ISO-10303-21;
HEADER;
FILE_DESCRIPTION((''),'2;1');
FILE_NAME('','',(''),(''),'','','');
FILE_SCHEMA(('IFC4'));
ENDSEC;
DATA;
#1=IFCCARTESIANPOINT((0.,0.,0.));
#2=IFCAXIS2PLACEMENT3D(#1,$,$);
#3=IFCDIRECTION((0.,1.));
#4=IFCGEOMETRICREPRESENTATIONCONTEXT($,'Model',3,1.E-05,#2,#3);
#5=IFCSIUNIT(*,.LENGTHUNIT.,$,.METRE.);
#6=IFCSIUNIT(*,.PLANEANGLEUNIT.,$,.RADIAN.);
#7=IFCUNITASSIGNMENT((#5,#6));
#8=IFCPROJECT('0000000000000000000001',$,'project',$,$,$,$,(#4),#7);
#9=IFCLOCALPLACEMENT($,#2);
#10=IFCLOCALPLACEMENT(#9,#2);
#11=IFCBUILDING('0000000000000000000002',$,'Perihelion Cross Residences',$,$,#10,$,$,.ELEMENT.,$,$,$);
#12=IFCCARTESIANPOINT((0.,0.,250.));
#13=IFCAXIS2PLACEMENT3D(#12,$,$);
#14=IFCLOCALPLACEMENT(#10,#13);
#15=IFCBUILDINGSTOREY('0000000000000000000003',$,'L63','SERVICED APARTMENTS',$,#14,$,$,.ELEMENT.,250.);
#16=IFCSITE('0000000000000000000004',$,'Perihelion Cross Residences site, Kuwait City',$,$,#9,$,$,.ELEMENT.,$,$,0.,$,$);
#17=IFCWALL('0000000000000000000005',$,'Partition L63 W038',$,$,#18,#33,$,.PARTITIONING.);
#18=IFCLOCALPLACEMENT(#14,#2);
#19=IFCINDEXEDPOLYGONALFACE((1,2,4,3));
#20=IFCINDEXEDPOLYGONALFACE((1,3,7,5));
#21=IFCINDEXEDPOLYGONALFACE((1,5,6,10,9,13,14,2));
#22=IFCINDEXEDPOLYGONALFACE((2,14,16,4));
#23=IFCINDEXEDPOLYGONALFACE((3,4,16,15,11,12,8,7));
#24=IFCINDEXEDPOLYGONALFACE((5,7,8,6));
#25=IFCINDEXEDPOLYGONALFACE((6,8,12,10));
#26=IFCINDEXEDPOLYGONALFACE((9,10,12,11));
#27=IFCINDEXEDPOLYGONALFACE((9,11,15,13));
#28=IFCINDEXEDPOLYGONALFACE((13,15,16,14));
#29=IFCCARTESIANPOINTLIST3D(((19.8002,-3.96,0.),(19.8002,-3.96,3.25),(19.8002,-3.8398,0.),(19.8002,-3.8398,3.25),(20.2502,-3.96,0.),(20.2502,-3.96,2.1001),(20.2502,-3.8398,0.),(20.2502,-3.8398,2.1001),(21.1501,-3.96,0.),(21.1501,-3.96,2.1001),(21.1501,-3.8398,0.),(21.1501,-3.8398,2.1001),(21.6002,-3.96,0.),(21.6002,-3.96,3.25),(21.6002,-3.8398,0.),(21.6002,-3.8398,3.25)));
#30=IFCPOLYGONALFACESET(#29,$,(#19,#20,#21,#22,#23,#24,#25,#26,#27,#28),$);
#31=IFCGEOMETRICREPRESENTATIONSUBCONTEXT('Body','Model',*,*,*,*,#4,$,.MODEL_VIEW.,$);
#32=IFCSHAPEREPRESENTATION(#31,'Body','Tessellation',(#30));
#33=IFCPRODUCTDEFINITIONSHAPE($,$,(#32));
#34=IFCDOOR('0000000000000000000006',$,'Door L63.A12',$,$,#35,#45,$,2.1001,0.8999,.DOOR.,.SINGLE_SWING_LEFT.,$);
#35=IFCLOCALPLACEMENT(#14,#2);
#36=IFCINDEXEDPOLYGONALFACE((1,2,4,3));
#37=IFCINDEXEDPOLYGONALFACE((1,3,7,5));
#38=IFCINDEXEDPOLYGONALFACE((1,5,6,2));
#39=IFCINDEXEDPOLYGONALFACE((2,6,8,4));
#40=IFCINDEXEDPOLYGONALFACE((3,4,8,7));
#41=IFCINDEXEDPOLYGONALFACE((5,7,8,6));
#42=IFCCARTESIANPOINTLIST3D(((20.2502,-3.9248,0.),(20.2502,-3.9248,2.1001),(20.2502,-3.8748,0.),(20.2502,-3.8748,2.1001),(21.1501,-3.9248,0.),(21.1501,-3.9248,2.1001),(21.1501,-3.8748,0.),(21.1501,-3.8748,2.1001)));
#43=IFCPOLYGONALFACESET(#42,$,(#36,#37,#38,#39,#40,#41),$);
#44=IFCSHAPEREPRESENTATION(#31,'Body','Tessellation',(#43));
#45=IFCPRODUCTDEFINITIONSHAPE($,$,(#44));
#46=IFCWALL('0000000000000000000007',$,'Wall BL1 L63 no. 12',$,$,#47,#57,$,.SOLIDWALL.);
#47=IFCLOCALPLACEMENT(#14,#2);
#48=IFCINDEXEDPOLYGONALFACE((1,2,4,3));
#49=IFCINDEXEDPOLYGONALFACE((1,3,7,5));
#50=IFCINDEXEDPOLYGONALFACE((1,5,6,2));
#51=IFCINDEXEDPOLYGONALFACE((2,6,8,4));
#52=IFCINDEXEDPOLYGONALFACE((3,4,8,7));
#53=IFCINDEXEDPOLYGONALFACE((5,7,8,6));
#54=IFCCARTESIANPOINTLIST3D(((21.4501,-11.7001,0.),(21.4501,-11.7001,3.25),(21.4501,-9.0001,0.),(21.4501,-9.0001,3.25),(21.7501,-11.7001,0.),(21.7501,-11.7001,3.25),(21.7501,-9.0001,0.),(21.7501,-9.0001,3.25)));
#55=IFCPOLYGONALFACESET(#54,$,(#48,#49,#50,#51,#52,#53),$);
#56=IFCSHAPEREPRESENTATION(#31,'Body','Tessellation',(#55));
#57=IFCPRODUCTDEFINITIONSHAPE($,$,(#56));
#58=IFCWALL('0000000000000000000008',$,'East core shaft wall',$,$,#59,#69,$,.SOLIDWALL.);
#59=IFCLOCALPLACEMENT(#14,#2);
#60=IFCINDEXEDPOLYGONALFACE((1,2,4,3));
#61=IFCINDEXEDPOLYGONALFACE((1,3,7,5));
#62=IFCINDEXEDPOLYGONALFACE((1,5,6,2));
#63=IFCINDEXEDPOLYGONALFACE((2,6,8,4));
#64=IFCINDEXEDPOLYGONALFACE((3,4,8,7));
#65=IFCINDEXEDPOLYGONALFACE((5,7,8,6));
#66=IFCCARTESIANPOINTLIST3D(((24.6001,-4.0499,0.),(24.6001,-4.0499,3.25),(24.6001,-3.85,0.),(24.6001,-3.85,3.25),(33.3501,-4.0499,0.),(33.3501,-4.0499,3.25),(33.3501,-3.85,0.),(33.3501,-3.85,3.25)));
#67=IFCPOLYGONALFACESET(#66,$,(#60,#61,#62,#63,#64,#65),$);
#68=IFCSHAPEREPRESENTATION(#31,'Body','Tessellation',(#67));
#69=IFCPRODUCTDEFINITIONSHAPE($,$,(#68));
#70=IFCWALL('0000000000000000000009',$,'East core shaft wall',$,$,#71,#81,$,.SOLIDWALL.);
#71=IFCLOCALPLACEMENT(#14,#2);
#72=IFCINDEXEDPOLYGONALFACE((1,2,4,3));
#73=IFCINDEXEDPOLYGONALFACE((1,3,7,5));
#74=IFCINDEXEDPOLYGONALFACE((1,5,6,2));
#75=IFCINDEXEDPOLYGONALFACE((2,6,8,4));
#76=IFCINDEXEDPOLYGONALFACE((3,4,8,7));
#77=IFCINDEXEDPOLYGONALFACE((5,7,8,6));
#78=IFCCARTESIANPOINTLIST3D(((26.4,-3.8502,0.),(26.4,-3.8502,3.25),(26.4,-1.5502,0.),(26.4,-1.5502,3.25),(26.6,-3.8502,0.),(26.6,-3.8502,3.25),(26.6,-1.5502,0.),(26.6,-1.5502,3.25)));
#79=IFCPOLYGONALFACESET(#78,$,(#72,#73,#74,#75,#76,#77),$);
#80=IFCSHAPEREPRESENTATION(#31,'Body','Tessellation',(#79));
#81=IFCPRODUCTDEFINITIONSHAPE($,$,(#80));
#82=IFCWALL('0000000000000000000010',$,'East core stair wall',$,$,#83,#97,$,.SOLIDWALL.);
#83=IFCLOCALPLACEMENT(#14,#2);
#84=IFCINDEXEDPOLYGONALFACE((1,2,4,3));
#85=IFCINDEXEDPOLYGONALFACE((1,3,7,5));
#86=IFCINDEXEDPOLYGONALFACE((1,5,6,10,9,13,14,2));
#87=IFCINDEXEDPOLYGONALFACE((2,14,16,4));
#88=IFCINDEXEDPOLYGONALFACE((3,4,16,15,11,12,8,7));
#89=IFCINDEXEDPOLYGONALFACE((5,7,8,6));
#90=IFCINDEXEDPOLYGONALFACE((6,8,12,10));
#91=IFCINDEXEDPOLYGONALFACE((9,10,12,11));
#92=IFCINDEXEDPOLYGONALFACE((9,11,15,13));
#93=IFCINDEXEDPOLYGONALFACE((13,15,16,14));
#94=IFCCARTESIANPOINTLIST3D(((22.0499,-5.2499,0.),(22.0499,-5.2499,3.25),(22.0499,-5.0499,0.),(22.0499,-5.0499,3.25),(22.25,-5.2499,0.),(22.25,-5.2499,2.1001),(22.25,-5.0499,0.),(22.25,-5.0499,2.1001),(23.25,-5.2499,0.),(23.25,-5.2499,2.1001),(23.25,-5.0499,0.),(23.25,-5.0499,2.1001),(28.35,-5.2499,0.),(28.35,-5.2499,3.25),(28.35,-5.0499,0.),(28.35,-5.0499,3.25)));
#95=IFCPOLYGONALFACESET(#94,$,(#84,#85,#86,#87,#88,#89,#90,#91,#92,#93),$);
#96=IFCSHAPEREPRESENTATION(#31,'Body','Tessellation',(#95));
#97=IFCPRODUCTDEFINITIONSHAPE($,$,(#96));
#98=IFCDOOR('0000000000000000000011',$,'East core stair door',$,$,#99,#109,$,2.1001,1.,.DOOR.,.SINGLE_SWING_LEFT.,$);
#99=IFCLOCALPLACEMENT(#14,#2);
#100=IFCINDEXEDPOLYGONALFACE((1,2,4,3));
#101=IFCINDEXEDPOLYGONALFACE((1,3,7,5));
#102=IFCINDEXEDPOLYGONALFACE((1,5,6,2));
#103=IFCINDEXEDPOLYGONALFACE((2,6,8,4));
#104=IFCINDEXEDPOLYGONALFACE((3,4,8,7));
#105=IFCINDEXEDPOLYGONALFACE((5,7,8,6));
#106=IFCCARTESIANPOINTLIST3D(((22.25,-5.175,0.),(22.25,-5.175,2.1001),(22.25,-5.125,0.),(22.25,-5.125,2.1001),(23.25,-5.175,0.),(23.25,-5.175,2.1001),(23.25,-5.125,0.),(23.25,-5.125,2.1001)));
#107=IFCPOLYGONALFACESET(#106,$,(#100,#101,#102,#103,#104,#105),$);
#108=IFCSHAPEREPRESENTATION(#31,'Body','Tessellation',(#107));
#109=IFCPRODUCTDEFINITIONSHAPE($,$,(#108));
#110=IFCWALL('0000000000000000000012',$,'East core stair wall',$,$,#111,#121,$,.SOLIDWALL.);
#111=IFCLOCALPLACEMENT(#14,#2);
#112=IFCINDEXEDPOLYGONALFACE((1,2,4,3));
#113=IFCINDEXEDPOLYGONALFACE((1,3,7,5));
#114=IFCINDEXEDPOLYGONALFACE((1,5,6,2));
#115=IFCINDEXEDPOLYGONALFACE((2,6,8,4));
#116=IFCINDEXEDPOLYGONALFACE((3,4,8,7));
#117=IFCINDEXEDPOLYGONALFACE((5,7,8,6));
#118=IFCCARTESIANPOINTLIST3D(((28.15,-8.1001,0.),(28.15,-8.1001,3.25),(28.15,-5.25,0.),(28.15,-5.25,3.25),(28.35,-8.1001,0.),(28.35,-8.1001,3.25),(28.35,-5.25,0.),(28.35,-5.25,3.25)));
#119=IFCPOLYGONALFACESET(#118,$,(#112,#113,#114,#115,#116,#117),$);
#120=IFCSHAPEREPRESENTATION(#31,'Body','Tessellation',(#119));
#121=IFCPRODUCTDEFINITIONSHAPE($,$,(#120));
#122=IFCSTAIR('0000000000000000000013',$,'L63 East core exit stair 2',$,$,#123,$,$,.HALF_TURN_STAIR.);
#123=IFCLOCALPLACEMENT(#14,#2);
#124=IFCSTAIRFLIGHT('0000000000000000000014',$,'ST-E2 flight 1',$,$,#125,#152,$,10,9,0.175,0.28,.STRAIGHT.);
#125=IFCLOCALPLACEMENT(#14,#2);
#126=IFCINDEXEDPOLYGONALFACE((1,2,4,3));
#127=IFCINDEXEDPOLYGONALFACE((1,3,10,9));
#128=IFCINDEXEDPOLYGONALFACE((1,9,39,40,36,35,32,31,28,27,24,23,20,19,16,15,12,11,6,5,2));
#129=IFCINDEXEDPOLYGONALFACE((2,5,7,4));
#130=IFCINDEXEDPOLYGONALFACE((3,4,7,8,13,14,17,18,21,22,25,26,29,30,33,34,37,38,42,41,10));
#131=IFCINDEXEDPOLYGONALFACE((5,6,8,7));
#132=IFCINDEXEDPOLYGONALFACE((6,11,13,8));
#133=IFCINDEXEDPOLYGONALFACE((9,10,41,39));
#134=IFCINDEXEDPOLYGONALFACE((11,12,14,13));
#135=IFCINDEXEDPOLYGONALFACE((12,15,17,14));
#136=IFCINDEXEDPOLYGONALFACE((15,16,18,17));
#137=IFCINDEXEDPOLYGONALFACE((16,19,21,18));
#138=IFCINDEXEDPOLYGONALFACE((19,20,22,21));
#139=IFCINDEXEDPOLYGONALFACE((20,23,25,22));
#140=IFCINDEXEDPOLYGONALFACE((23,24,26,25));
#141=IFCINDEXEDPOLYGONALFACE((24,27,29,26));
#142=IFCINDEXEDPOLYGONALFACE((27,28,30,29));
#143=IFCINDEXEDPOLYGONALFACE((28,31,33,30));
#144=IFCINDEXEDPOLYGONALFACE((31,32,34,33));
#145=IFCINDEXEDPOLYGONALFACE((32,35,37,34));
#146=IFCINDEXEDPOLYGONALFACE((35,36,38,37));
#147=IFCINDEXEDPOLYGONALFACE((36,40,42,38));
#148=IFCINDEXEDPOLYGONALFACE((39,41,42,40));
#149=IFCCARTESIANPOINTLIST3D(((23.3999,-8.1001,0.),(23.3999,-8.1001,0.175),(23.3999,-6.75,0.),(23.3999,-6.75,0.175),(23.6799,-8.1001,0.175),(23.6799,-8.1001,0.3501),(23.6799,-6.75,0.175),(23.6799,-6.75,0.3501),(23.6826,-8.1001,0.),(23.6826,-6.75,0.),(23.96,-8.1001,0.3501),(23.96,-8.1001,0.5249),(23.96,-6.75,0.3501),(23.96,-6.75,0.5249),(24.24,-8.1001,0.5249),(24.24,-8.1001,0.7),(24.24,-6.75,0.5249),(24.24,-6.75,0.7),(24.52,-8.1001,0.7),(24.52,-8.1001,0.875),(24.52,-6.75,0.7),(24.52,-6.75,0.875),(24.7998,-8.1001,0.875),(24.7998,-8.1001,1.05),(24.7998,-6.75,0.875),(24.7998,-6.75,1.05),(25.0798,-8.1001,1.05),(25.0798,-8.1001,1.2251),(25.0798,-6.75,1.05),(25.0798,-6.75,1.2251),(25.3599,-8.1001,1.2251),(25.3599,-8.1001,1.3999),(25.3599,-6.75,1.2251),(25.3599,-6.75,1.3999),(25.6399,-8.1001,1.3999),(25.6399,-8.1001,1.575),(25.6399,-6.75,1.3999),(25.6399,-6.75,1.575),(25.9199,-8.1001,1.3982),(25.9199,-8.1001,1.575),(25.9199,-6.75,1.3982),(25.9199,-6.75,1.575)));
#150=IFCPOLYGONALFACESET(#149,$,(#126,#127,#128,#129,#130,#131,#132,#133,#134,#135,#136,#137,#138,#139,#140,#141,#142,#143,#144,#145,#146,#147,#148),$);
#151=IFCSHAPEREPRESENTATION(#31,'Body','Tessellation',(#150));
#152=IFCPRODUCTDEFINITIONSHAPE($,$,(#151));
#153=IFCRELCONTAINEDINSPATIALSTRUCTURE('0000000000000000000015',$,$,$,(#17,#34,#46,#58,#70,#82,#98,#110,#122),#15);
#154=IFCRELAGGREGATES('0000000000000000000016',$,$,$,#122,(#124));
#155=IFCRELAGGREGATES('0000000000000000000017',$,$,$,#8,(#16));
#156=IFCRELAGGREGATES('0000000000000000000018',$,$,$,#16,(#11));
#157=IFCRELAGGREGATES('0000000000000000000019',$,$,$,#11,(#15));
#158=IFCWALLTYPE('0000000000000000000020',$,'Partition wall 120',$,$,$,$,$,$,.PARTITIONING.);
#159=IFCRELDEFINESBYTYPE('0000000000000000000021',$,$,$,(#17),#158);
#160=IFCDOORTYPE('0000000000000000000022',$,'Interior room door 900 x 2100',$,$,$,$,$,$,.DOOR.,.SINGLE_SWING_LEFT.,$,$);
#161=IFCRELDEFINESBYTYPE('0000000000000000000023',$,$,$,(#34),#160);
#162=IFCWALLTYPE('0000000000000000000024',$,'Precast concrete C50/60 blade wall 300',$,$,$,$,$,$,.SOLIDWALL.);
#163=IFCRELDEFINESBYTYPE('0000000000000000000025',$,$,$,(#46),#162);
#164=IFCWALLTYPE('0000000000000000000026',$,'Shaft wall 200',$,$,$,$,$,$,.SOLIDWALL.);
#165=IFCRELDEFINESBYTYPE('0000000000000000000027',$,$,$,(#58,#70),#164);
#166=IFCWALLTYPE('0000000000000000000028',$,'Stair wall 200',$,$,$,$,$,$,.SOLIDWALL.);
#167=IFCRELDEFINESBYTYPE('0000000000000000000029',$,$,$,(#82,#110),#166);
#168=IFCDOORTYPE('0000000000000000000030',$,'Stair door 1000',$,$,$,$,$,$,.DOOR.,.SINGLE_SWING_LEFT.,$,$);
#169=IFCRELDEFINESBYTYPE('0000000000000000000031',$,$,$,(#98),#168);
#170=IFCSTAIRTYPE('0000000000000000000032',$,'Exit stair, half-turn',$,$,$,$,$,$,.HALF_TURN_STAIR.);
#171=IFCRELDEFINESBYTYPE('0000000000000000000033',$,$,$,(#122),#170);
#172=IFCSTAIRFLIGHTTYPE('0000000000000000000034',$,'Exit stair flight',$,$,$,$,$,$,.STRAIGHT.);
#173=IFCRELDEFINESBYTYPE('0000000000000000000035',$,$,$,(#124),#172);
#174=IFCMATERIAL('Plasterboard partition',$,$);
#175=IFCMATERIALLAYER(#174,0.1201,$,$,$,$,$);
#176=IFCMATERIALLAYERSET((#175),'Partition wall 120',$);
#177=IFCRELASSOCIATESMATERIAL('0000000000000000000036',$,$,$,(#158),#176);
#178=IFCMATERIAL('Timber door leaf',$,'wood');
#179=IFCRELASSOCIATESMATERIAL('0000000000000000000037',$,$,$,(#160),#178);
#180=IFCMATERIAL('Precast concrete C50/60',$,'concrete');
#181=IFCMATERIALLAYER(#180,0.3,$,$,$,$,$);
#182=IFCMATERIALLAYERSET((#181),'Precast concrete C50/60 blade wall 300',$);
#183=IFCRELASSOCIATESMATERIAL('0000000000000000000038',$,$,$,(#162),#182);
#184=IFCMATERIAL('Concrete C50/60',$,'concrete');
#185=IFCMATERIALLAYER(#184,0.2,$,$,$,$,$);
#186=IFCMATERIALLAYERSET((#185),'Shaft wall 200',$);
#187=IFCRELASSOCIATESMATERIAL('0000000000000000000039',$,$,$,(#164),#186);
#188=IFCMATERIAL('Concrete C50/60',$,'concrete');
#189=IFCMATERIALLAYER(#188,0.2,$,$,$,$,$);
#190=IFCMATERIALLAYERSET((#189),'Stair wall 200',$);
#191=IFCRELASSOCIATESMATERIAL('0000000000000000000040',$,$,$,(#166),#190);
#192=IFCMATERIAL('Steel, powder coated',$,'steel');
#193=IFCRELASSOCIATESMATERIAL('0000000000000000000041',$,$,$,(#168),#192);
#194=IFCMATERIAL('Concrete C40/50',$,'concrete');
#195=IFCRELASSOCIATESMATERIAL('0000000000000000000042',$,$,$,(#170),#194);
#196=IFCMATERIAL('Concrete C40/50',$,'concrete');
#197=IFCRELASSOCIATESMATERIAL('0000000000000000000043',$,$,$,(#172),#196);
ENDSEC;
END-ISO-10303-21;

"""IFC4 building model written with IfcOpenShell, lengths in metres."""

from ifc_helpers import new_model, si_unit, direction, frame, frame_2d, origin, place, context, subcontext, project, spatial, polyline, rectangle, outline, extrude, material, layer, layer_set, type_object, element, fill, aggregate, save


model = new_model("IFC4")

# Units and contexts
model_context = context("Model", 3, precision=1e-05, world=origin(), true_north=direction((0.0, 1.0)))
body_context = subcontext(model_context, "Body", "Model", "MODEL_VIEW")
ifc_project = project(units=[si_unit("LENGTHUNIT", "METRE"), si_unit("PLANEANGLEUNIT", "RADIAN")], contexts=[model_context])

# Site, building, storey
site_placement = place(None, origin())
site = spatial("IfcSite", under=ifc_project, at=site_placement, Name="Perihelion Cross Residences site, Kuwait City", CompositionType="ELEMENT", RefElevation=0.0)
building_placement = place(site_placement, origin())
building = spatial("IfcBuilding", under=site, at=building_placement, Name="Perihelion Cross Residences", CompositionType="ELEMENT")
storey_placement = place(building_placement, frame((0.0, 0.0, 250.0)))
storey = spatial("IfcBuildingStorey", under=building, at=storey_placement, Name="L63", Description="SERVICED APARTMENTS", CompositionType="ELEMENT", Elevation=250.0)

# Wall, opening, door
ifc_material_1 = material(Name="Plasterboard partition")
ifc_layer_1 = layer(ifc_material_1, 0.1201)
ifc_layer_set_1 = layer_set([ifc_layer_1], Name="Partition wall 120")
wall_type_1 = type_object("IfcWallType", Name="Partition wall 120", PredefinedType="PARTITIONING", material=ifc_layer_set_1)
wall_1_placement = place(storey_placement, frame((21.6001, -3.8999, 0.0), z_axis=(0.0, 0.0, 1.0), x_axis=(-1.0, 0.0, 0.0)))
wall_1 = element("IfcWall", 1, at=wall_1_placement, inside=storey, type_object=wall_type_1, Name="Partition L63 W038", PredefinedType="PARTITIONING", context=body_context, shape_type="SweptSolid", body=[
    extrude(rectangle(XDim=1.8, YDim=0.1201, at=frame_2d((0.8999, 0.0))), origin(), (0.0, 0.0, 1.0), 3.25),
])
opening_1_placement = place(wall_1_placement, frame((0.45, 0.0, 0.0)))
opening_1 = element("IfcOpeningElement", 2, at=opening_1_placement, cuts=wall_1, PredefinedType="OPENING", context=body_context, shape_type="SweptSolid", body=[
    extrude(rectangle(XDim=0.8999, YDim=2.1001, at=frame_2d((0.45, 1.05))), frame((0.0, 0.0701, 0.0), z_axis=(0.0, -1.0, 0.0), x_axis=(1.0, 0.0, 0.0)), (0.0, 0.0, 1.0), 0.1401),
])
ifc_material_2 = material(Name="Timber door leaf", Category="wood")
door_type_1 = type_object("IfcDoorType", Name="Interior room door 900 x 2100", OperationType="SINGLE_SWING_LEFT", PredefinedType="DOOR", material=ifc_material_2)
door_1_placement = place(opening_1_placement, origin())
door_1 = element("IfcDoor", 3, at=door_1_placement, inside=storey, type_object=door_type_1, Name="Door L63.A12", OperationType="SINGLE_SWING_LEFT", OverallHeight=2.1001, OverallWidth=0.8999, PredefinedType="DOOR", context=body_context, shape_type="SweptSolid", body=[
    extrude(rectangle(XDim=0.8999, YDim=2.1001, at=frame_2d((0.45, 1.05))), frame((0.0, 0.0249, 0.0), z_axis=(0.0, -1.0, 0.0), x_axis=(1.0, 0.0, 0.0)), (0.0, 0.0, 1.0), 0.05),
])
fill(opening_1, door_1)

# Walls
ifc_material_3 = material(Name="Precast concrete C50/60", Category="concrete")
ifc_layer_2 = layer(ifc_material_3, 0.3)
ifc_layer_set_2 = layer_set([ifc_layer_2], Name="Precast concrete C50/60 blade wall 300")
wall_type_2 = type_object("IfcWallType", Name="Precast concrete C50/60 blade wall 300", PredefinedType="SOLIDWALL", material=ifc_layer_set_2)
wall_2_placement = place(storey_placement, frame((21.6001, -9.0, 0.0), z_axis=(0.0, 0.0, 1.0), x_axis=(0.0, -1.0, 0.0)))
element("IfcWall", 4, at=wall_2_placement, inside=storey, type_object=wall_type_2, Name="Wall BL1 L63 no. 12", PredefinedType="SOLIDWALL", context=body_context, shape_type="SweptSolid", body=[
    extrude(rectangle(XDim=2.7, YDim=0.3, at=frame_2d((1.3501, 0.0))), origin(), (0.0, 0.0, 1.0), 3.25),
])
ifc_material_4 = material(Name="Concrete C50/60", Category="concrete")
ifc_layer_3 = layer(ifc_material_4, 0.2)
ifc_layer_set_3 = layer_set([ifc_layer_3], Name="Shaft wall 200")
wall_type_3 = type_object("IfcWallType", Name="Shaft wall 200", PredefinedType="SOLIDWALL", material=ifc_layer_set_3)
wall_3_placement = place(storey_placement, frame((24.6001, -3.95, 0.0), z_axis=(0.0, 0.0, 1.0), x_axis=(1.0, 0.0, 0.0)))
element("IfcWall", 5, at=wall_3_placement, inside=storey, type_object=wall_type_3, Name="East core shaft wall", PredefinedType="SOLIDWALL", context=body_context, shape_type="SweptSolid", body=[
    extrude(rectangle(XDim=8.75, YDim=0.2, at=frame_2d((4.375, 0.0))), origin(), (0.0, 0.0, 1.0), 3.25),
])
wall_4_placement = place(storey_placement, frame((26.5, -3.8501, 0.0), z_axis=(0.0, 0.0, 1.0), x_axis=(0.0, 1.0, 0.0)))
element("IfcWall", 6, at=wall_4_placement, inside=storey, type_object=wall_type_3, Name="East core shaft wall", PredefinedType="SOLIDWALL", context=body_context, shape_type="SweptSolid", body=[
    extrude(rectangle(XDim=2.3, YDim=0.2, at=frame_2d((1.1499, 0.0))), origin(), (0.0, 0.0, 1.0), 3.25),
])

# Wall, opening, door
ifc_material_5 = material(Name="Concrete C50/60", Category="concrete")
ifc_layer_4 = layer(ifc_material_5, 0.2)
ifc_layer_set_4 = layer_set([ifc_layer_4], Name="Stair wall 200")
wall_type_4 = type_object("IfcWallType", Name="Stair wall 200", PredefinedType="SOLIDWALL", material=ifc_layer_set_4)
wall_5_placement = place(storey_placement, frame((22.05, -5.1499, 0.0), z_axis=(0.0, 0.0, 1.0), x_axis=(1.0, 0.0, 0.0)))
wall_5 = element("IfcWall", 7, at=wall_5_placement, inside=storey, type_object=wall_type_4, Name="East core stair wall", PredefinedType="SOLIDWALL", context=body_context, shape_type="SweptSolid", body=[
    extrude(rectangle(XDim=6.3, YDim=0.2, at=frame_2d((3.1499, 0.0))), origin(), (0.0, 0.0, 1.0), 3.25),
])
opening_2_placement = place(wall_5_placement, frame((0.2, 0.0, 0.0)))
opening_2 = element("IfcOpeningElement", 8, at=opening_2_placement, cuts=wall_5, PredefinedType="OPENING", context=body_context, shape_type="SweptSolid", body=[
    extrude(rectangle(XDim=1.0, YDim=2.1001, at=frame_2d((0.5, 1.05))), frame((0.0, 0.1099, 0.0), z_axis=(0.0, -1.0, 0.0), x_axis=(1.0, 0.0, 0.0)), (0.0, 0.0, 1.0), 0.22),
])
ifc_material_6 = material(Name="Steel, powder coated", Category="steel")
door_type_2 = type_object("IfcDoorType", Name="Stair door 1000", OperationType="SINGLE_SWING_LEFT", PredefinedType="DOOR", material=ifc_material_6)
door_2_placement = place(opening_2_placement, origin())
door_2 = element("IfcDoor", 9, at=door_2_placement, inside=storey, type_object=door_type_2, Name="East core stair door", OperationType="SINGLE_SWING_LEFT", OverallHeight=2.1001, OverallWidth=1.0, PredefinedType="DOOR", context=body_context, shape_type="SweptSolid", body=[
    extrude(rectangle(XDim=1.0, YDim=2.1001, at=frame_2d((0.5, 1.05))), frame((0.0, 0.0249, 0.0), z_axis=(0.0, -1.0, 0.0), x_axis=(1.0, 0.0, 0.0)), (0.0, 0.0, 1.0), 0.05),
])
fill(opening_2, door_2)

# Wall
wall_6_placement = place(storey_placement, frame((28.25, -8.1001, 0.0), z_axis=(0.0, 0.0, 1.0), x_axis=(0.0, 1.0, 0.0)))
element("IfcWall", 10, at=wall_6_placement, inside=storey, type_object=wall_type_4, Name="East core stair wall", PredefinedType="SOLIDWALL", context=body_context, shape_type="SweptSolid", body=[
    extrude(rectangle(XDim=2.8501, YDim=0.2, at=frame_2d((1.425, 0.0))), origin(), (0.0, 0.0, 1.0), 3.25),
])

# Stair, stair flight
ifc_material_7 = material(Name="Concrete C40/50", Category="concrete")
stair_type = type_object("IfcStairType", Name="Exit stair, half-turn", PredefinedType="HALF_TURN_STAIR", material=ifc_material_7)
stair_placement = place(storey_placement, origin())
stair = element("IfcStair", 11, at=stair_placement, inside=storey, type_object=stair_type, Name="L63 East core exit stair 2", PredefinedType="HALF_TURN_STAIR")
ifc_material_8 = material(Name="Concrete C40/50", Category="concrete")
stair_flight_type = type_object("IfcStairFlightType", Name="Exit stair flight", PredefinedType="STRAIGHT", material=ifc_material_8)
stair_flight_1_placement = place(storey_placement, frame((23.3999, -7.425, 0.0), z_axis=(0.0, 0.0, 1.0), x_axis=(1.0, 0.0, 0.0)))
stair_flight_1 = element("IfcStairFlight", 12, at=stair_flight_1_placement, type_object=stair_flight_type, Name="ST-E2 flight 1", NumberOfRisers=10, NumberOfTreads=9, PredefinedType="STRAIGHT", RiserHeight=0.175, TreadLength=0.28, context=body_context, shape_type="SweptSolid", body=[
    extrude(outline(polyline([(0.0, 0.0), (0.0, 0.175), (0.28, 0.175), (0.28, 0.3501), (0.5601, 0.3501), (0.5601, 0.5249), (0.8401, 0.5249), (0.8401, 0.7), (1.1201, 0.7), (1.1201, 0.875), (1.3999, 0.875), (1.3999, 1.05), (1.6799, 1.05), (1.6799, 1.2251), (1.96, 1.2251), (1.96, 1.3999), (2.24, 1.3999), (2.24, 1.575), (2.52, 1.575), (2.52, 1.75), (2.52, 1.3982), (0.2827, 0.0), (0.0, 0.0)])), frame((0.0, 0.675, 0.0), z_axis=(0.0, -1.0, 0.0), x_axis=(1.0, 0.0, 0.0)), (0.0, 0.0, 1.0), 1.3501),
])
aggregate(stair, [stair_flight_1])

save(model, "model.ifc")
